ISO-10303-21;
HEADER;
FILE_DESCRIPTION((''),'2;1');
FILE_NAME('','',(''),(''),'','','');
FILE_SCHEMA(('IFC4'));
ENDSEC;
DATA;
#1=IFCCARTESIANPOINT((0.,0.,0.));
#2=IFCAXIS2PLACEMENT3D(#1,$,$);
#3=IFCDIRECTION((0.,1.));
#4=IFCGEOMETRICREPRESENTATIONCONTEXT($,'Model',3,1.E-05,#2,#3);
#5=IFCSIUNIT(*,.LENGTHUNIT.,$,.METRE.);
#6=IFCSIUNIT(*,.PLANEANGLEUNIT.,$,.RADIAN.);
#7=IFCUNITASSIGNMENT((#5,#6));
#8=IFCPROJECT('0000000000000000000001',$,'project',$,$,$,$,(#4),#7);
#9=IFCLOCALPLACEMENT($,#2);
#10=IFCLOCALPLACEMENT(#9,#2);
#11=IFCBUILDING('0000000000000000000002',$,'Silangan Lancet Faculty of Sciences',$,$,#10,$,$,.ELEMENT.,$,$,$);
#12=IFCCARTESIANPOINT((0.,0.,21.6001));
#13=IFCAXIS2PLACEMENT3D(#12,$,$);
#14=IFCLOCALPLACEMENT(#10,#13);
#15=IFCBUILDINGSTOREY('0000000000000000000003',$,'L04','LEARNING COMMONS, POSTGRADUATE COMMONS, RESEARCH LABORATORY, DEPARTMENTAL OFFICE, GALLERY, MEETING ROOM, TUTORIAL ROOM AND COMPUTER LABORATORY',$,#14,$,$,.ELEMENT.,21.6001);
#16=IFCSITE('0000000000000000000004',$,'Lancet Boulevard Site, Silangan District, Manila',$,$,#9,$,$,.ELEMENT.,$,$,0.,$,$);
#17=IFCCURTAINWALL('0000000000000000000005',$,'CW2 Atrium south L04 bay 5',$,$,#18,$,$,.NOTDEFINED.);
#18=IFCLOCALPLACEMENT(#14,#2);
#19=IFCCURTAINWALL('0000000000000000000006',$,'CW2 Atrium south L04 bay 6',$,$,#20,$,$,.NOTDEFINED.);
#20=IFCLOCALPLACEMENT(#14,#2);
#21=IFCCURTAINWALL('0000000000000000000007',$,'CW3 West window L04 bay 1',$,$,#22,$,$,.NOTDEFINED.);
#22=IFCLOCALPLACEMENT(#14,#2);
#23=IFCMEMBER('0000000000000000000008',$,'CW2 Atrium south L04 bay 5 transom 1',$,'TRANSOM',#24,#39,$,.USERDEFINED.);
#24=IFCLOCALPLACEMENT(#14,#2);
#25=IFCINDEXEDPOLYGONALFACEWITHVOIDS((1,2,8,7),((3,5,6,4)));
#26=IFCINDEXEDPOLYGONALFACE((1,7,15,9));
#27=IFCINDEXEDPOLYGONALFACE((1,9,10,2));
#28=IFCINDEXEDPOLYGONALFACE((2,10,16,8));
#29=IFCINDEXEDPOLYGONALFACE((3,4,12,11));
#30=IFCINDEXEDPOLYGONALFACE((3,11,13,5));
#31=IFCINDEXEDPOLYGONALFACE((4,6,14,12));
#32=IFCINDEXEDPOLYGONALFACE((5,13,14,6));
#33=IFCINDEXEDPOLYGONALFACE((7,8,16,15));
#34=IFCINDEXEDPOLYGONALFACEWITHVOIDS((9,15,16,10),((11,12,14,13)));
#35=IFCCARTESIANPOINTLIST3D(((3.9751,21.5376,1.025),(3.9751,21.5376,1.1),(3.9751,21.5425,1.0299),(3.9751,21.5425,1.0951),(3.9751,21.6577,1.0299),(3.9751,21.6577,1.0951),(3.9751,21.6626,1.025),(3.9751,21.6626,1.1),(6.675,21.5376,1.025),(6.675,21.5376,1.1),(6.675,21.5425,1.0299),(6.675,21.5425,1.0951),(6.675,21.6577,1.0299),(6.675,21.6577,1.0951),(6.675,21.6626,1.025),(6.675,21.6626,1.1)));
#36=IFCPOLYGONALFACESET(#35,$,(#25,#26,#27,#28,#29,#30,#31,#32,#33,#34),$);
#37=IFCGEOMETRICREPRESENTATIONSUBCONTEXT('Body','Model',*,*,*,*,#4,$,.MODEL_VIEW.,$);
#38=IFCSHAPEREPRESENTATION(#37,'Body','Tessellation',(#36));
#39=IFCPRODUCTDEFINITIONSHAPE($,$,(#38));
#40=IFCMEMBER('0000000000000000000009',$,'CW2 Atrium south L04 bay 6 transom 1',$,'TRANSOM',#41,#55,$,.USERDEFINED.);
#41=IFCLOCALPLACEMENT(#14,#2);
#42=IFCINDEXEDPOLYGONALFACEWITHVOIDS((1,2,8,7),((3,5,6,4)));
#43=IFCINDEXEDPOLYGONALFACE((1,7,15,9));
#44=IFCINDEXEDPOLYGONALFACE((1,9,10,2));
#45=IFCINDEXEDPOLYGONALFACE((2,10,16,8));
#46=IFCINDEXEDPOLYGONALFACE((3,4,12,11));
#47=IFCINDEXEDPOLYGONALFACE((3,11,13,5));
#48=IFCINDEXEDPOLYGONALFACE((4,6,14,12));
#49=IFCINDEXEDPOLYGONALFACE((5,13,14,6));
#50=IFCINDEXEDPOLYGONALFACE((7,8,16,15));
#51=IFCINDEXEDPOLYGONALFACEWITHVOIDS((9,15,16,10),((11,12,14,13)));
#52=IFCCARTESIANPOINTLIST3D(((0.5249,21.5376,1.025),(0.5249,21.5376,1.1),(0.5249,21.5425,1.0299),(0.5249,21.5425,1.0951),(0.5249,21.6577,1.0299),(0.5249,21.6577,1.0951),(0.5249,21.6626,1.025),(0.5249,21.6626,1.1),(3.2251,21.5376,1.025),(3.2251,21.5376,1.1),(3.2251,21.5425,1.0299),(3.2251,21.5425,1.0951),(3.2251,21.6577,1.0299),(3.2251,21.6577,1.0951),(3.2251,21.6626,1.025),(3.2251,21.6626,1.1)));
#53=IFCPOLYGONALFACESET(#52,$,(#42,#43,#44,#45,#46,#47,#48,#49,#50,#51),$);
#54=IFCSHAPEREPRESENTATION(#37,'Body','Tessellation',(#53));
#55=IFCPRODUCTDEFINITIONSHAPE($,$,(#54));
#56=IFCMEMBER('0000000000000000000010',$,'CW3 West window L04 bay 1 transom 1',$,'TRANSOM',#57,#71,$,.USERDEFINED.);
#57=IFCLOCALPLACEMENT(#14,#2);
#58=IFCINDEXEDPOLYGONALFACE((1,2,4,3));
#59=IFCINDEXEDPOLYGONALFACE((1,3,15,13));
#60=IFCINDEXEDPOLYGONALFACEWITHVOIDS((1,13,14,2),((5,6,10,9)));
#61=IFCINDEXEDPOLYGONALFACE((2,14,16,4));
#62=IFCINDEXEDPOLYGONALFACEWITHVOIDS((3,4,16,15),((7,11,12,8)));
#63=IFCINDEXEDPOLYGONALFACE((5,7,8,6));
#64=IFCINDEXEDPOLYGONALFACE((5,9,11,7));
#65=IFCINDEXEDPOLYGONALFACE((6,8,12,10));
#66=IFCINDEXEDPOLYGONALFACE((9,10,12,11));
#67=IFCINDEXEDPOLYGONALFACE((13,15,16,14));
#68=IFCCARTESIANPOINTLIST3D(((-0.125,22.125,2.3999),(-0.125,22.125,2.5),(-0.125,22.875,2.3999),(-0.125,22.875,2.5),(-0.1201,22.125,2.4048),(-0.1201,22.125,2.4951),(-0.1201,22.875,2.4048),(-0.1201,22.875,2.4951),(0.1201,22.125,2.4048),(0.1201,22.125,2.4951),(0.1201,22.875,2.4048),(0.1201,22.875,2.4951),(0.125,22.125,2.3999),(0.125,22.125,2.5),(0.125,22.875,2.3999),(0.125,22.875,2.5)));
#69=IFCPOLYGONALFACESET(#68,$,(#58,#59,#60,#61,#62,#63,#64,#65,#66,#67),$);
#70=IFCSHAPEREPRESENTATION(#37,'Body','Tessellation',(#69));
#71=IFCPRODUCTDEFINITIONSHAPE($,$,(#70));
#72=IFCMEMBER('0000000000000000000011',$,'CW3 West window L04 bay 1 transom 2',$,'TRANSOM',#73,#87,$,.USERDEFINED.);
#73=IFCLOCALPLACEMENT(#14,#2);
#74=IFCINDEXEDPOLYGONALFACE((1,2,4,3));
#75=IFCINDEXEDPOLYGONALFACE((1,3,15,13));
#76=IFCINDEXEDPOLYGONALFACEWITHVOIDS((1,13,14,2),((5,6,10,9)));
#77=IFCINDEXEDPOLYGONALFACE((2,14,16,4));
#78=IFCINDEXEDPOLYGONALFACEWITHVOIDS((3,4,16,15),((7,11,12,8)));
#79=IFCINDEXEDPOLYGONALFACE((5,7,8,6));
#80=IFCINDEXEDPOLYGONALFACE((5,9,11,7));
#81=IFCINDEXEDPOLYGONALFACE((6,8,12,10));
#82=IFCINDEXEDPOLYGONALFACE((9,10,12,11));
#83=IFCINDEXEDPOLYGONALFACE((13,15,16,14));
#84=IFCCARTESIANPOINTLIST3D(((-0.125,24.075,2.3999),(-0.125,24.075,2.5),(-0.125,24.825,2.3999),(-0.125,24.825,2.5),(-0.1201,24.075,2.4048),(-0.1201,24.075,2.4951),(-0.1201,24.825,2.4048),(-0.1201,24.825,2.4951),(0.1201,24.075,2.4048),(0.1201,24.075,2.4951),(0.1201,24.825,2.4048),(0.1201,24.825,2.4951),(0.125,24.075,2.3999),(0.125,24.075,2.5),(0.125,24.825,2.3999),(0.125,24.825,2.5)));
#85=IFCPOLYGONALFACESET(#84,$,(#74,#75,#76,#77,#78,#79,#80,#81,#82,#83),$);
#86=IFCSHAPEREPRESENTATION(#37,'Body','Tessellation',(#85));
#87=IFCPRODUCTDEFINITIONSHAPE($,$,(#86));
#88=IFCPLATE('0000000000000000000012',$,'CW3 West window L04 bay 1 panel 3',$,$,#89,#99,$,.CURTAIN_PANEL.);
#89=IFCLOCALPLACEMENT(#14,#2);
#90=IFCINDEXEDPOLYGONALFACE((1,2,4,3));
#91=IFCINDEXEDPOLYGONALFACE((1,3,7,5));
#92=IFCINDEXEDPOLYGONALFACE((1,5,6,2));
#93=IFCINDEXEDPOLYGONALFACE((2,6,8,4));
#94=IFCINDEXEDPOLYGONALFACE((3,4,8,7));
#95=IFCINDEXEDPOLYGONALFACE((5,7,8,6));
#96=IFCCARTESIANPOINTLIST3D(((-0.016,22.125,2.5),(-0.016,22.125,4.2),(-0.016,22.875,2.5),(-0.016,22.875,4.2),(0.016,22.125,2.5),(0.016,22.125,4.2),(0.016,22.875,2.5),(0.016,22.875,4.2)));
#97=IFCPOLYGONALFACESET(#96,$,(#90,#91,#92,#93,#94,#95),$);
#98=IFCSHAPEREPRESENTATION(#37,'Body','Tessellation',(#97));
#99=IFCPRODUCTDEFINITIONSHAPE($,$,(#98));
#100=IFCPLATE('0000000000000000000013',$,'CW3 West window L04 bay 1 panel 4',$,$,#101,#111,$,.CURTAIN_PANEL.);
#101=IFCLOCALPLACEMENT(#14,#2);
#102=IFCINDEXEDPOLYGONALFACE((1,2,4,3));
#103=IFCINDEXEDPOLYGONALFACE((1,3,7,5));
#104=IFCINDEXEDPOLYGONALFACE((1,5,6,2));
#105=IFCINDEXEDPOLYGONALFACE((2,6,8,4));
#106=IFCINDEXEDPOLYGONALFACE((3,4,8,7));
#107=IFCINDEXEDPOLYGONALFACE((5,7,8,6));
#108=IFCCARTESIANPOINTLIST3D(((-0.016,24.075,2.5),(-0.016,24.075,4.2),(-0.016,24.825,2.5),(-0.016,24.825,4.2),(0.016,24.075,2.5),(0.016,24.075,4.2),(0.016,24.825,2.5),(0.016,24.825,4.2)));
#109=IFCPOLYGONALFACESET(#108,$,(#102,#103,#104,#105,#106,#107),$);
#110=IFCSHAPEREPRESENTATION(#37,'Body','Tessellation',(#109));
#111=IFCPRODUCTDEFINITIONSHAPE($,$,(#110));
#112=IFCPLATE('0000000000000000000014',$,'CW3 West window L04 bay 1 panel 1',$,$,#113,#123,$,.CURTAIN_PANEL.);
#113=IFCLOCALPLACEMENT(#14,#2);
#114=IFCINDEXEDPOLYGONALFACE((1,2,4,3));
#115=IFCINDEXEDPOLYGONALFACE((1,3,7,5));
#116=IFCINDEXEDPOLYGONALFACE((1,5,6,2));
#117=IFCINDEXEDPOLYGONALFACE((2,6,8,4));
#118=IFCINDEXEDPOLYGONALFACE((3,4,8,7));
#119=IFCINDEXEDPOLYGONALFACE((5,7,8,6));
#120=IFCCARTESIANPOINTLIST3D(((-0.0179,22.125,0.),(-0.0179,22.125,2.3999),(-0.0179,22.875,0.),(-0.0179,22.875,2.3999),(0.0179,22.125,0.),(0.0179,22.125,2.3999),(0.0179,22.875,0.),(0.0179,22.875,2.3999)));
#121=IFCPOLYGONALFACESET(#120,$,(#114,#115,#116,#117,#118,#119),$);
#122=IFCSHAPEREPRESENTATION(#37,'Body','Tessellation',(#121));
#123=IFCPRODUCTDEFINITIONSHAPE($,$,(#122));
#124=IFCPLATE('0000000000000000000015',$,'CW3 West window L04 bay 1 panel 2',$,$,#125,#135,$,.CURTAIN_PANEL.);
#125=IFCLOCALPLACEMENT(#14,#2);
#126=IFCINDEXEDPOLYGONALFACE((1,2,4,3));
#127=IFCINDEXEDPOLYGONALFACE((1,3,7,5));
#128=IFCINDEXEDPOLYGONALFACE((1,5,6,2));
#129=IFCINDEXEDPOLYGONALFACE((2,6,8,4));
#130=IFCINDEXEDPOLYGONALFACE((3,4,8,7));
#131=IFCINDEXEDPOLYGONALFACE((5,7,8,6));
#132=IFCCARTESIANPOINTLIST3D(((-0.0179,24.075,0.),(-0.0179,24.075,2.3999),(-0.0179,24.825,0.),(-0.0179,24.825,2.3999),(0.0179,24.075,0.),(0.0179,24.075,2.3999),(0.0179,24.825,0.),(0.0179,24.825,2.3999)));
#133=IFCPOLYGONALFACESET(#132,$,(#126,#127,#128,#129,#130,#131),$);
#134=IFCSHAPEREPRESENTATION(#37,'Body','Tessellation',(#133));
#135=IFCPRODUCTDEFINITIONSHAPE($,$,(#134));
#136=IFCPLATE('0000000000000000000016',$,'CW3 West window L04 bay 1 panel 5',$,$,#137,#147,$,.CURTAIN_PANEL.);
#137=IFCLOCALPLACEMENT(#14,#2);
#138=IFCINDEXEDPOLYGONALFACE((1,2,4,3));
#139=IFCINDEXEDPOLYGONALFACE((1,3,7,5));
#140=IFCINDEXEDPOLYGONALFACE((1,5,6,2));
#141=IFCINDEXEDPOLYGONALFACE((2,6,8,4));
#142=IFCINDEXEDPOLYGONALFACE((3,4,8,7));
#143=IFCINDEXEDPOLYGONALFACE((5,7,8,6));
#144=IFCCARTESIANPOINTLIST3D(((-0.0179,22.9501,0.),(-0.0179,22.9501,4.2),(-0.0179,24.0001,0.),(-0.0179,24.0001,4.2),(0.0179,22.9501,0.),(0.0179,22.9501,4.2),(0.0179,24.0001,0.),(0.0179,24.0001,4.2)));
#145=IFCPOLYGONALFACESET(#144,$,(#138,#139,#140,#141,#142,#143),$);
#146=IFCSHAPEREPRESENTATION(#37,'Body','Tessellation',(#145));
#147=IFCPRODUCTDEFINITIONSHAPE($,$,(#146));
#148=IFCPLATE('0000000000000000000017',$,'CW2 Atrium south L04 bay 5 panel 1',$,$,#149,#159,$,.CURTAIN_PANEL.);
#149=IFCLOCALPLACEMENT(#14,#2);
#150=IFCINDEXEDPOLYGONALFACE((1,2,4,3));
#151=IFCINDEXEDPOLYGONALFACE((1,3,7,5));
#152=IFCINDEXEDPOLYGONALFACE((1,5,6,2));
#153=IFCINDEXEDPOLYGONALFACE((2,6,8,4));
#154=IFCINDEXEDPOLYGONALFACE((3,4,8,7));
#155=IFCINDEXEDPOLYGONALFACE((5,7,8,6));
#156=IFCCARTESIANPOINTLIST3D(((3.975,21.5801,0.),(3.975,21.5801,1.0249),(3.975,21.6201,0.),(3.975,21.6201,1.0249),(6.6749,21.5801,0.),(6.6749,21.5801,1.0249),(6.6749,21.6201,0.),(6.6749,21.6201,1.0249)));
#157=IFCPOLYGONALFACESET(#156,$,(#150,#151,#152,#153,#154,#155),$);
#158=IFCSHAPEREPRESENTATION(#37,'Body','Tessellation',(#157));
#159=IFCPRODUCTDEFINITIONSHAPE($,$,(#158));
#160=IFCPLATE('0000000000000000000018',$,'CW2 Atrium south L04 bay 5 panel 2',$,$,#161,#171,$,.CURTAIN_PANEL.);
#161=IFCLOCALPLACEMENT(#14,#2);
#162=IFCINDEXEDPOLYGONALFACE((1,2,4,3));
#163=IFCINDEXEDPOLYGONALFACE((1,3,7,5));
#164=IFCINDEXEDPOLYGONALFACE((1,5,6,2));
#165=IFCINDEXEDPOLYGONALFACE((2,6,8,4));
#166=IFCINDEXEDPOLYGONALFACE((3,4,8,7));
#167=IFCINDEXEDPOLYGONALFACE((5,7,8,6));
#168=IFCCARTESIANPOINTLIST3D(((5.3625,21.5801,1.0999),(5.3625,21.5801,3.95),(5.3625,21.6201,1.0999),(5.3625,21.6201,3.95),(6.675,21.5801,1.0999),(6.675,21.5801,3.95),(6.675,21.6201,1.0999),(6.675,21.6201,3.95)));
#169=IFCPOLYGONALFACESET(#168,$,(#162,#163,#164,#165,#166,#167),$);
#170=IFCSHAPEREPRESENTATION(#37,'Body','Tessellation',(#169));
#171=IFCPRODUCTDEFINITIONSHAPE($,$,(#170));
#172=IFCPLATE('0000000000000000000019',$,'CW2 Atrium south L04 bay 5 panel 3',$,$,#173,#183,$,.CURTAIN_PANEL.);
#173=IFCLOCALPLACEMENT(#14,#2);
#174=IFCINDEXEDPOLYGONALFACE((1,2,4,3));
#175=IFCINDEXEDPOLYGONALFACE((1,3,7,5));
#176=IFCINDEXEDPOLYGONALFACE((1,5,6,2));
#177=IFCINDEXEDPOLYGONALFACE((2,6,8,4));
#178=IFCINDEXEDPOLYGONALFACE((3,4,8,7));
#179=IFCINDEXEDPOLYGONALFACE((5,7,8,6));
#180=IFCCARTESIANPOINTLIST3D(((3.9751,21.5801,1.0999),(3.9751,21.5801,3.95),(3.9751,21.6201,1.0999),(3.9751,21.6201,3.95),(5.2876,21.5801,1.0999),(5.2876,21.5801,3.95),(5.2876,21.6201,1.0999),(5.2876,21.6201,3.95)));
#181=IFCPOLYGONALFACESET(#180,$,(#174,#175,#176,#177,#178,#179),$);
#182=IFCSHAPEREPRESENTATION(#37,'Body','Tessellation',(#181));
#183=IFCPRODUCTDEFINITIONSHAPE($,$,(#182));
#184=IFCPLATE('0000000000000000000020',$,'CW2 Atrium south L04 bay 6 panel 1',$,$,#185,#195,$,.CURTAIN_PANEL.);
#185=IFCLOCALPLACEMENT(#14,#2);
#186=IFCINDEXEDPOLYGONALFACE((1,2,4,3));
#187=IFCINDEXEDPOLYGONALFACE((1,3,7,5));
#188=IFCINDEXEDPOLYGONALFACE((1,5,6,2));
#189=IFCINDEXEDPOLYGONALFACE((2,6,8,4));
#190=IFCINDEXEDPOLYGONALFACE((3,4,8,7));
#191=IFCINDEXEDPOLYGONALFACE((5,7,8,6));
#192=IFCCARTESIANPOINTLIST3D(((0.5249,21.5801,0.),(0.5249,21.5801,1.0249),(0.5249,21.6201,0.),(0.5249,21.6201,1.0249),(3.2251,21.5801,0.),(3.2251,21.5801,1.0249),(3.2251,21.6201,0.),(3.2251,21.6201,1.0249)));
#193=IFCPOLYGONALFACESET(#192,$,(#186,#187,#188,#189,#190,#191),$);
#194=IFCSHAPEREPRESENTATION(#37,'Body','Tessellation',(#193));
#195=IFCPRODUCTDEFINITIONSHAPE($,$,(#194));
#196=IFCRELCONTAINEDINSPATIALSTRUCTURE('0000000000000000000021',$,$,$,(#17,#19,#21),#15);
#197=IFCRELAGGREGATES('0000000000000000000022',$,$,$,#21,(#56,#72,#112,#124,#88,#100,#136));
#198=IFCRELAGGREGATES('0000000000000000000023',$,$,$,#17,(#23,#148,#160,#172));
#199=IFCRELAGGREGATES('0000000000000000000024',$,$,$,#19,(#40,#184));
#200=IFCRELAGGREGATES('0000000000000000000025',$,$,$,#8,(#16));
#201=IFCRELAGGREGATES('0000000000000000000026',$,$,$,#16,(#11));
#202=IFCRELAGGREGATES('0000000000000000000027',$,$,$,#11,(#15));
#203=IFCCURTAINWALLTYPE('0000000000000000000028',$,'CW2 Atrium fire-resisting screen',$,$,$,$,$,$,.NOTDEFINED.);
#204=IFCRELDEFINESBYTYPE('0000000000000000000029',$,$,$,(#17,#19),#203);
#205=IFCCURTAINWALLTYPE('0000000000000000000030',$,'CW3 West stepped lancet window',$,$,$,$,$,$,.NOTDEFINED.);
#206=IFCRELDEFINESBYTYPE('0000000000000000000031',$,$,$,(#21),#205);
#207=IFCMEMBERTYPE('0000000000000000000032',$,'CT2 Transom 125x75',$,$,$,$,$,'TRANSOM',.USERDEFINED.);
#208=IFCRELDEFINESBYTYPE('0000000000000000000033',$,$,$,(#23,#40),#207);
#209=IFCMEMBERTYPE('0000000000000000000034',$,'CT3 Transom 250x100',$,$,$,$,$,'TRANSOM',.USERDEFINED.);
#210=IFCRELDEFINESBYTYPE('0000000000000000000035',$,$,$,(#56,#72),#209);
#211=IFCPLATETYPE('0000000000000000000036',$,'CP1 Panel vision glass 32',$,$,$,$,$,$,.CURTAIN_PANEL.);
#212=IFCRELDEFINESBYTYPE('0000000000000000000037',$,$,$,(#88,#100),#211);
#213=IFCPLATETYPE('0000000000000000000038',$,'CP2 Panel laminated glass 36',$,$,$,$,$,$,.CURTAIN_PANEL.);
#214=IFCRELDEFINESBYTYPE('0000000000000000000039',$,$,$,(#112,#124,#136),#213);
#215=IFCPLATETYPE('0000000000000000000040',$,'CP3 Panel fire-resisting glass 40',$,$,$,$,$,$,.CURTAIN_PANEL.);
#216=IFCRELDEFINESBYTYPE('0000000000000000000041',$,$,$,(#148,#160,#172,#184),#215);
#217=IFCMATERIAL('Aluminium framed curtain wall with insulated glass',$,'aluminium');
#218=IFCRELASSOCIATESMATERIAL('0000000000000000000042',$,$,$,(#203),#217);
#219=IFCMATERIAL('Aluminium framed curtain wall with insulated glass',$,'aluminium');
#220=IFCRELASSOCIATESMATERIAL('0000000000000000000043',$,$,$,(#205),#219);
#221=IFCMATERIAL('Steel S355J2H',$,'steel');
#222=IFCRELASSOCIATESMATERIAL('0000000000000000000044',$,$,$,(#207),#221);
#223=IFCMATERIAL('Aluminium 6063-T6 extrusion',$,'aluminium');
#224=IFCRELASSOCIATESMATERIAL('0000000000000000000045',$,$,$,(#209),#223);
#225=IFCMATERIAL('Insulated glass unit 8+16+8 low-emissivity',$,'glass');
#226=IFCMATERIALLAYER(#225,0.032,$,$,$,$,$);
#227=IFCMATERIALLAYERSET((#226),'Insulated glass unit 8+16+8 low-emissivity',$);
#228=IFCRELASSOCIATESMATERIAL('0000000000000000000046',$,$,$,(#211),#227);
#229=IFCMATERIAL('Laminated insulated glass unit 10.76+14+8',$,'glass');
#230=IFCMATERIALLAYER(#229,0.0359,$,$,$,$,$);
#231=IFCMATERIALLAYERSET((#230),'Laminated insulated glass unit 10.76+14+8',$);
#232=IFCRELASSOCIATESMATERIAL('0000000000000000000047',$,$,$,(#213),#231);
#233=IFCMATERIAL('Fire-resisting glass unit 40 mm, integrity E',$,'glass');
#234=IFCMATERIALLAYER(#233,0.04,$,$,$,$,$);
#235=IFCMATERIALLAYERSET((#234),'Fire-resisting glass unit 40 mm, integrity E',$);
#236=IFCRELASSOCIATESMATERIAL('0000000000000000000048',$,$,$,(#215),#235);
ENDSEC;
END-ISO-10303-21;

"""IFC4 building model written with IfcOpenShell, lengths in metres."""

from ifc_helpers import new_model, si_unit, direction, frame, origin, origin_2d, place, context, subcontext, project, spatial, rectangle, hollow_rectangle, extrude, material, layer, layer_set, material_profile, profile_set, type_object, element, aggregate, save


model = new_model("IFC4")

# Units and contexts
model_context = context("Model", 3, precision=1e-05, world=origin(), true_north=direction((0.0, 1.0)))
body_context = subcontext(model_context, "Body", "Model", "MODEL_VIEW")
ifc_project = project(units=[si_unit("LENGTHUNIT", "METRE"), si_unit("PLANEANGLEUNIT", "RADIAN")], contexts=[model_context])

# Site, building, storey
site_placement = place(None, origin())
site = spatial("IfcSite", under=ifc_project, at=site_placement, Name="Lancet Boulevard Site, Silangan District, Manila", CompositionType="ELEMENT", RefElevation=0.0)
building_placement = place(site_placement, origin())
building = spatial("IfcBuilding", under=site, at=building_placement, Name="Silangan Lancet Faculty of Sciences", CompositionType="ELEMENT")
storey_placement = place(building_placement, frame((0.0, 0.0, 21.6001)))
storey = spatial("IfcBuildingStorey", under=building, at=storey_placement, Name="L04", Description="LEARNING COMMONS, POSTGRADUATE COMMONS, RESEARCH LABORATORY, DEPARTMENTAL OFFICE, GALLERY, MEETING ROOM, TUTORIAL ROOM AND COMPUTER LABORATORY", CompositionType="ELEMENT", Elevation=21.6001)

# Curtain walls
ifc_material_1 = material(Name="Aluminium framed curtain wall with insulated glass", Category="aluminium")
curtain_wall_type_1 = type_object("IfcCurtainWallType", Name="CW2 Atrium fire-resisting screen", PredefinedType="NOTDEFINED", material=ifc_material_1)
curtain_wall_1_placement = place(storey_placement, origin())
curtain_wall_1 = element("IfcCurtainWall", 1, at=curtain_wall_1_placement, inside=storey, type_object=curtain_wall_type_1, Name="CW2 Atrium south L04 bay 5", PredefinedType="NOTDEFINED")
curtain_wall_2_placement = place(storey_placement, origin())
curtain_wall_2 = element("IfcCurtainWall", 2, at=curtain_wall_2_placement, inside=storey, type_object=curtain_wall_type_1, Name="CW2 Atrium south L04 bay 6", PredefinedType="NOTDEFINED")
ifc_material_2 = material(Name="Aluminium framed curtain wall with insulated glass", Category="aluminium")
curtain_wall_type_2 = type_object("IfcCurtainWallType", Name="CW3 West stepped lancet window", PredefinedType="NOTDEFINED", material=ifc_material_2)
curtain_wall_3_placement = place(storey_placement, origin())
curtain_wall_3 = element("IfcCurtainWall", 3, at=curtain_wall_3_placement, inside=storey, type_object=curtain_wall_type_2, Name="CW3 West window L04 bay 1", PredefinedType="NOTDEFINED")

# Members
ifc_material_3 = material(Name="Steel S355J2H", Category="steel")
ifc_material_profile_1 = material_profile(ifc_material_3, hollow_rectangle(XDim=0.125, YDim=0.075, WallThickness=0.0049, at=origin_2d()), Name="ST BOX 125x75x5")
ifc_profile_set_1 = profile_set([ifc_material_profile_1], Name="Steel S355J2H")
member_type_1 = type_object("IfcMemberType", Name="CT2 Transom 125x75", ElementType="TRANSOM", PredefinedType="USERDEFINED", material=ifc_profile_set_1)
member_1_placement = place(storey_placement, frame((6.675, 21.6001, 1.0625), z_axis=(-1.0, 0.0, 0.0), x_axis=(0.0, -1.0, 0.0)))
member_1 = element("IfcMember", 4, at=member_1_placement, type_object=member_type_1, Name="CW2 Atrium south L04 bay 5 transom 1", ObjectType="TRANSOM", PredefinedType="USERDEFINED", context=body_context, shape_type="SweptSolid", body=[
    extrude(hollow_rectangle(XDim=0.125, YDim=0.075, WallThickness=0.0049, at=origin_2d()), origin(), (0.0, 0.0, 1.0), 2.7),
])
member_2_placement = place(storey_placement, frame((3.2251, 21.6001, 1.0625), z_axis=(-1.0, 0.0, 0.0), x_axis=(0.0, -1.0, 0.0)))
member_2 = element("IfcMember", 5, at=member_2_placement, type_object=member_type_1, Name="CW2 Atrium south L04 bay 6 transom 1", ObjectType="TRANSOM", PredefinedType="USERDEFINED", context=body_context, shape_type="SweptSolid", body=[
    extrude(hollow_rectangle(XDim=0.125, YDim=0.075, WallThickness=0.0049, at=origin_2d()), origin(), (0.0, 0.0, 1.0), 2.7002),
])
ifc_material_4 = material(Name="Aluminium 6063-T6 extrusion", Category="aluminium")
ifc_material_profile_2 = material_profile(ifc_material_4, hollow_rectangle(XDim=0.25, YDim=0.1001, WallThickness=0.0049, at=origin_2d()), Name="AL BOX 250x100x5")
ifc_profile_set_2 = profile_set([ifc_material_profile_2], Name="Aluminium 6063-T6 extrusion")
member_type_2 = type_object("IfcMemberType", Name="CT3 Transom 250x100", ElementType="TRANSOM", PredefinedType="USERDEFINED", material=ifc_profile_set_2)
member_3_placement = place(storey_placement, frame((0.0, 22.125, 2.45), z_axis=(0.0, 1.0, 0.0), x_axis=(-1.0, 0.0, 0.0)))
member_3 = element("IfcMember", 6, at=member_3_placement, type_object=member_type_2, Name="CW3 West window L04 bay 1 transom 1", ObjectType="TRANSOM", PredefinedType="USERDEFINED", context=body_context, shape_type="SweptSolid", body=[
    extrude(hollow_rectangle(XDim=0.25, YDim=0.1001, WallThickness=0.0049, at=origin_2d()), origin(), (0.0, 0.0, 1.0), 0.75),
])
member_4_placement = place(storey_placement, frame((0.0, 24.075, 2.45), z_axis=(0.0, 1.0, 0.0), x_axis=(-1.0, 0.0, 0.0)))
member_4 = element("IfcMember", 7, at=member_4_placement, type_object=member_type_2, Name="CW3 West window L04 bay 1 transom 2", ObjectType="TRANSOM", PredefinedType="USERDEFINED", context=body_context, shape_type="SweptSolid", body=[
    extrude(hollow_rectangle(XDim=0.25, YDim=0.1001, WallThickness=0.0049, at=origin_2d()), origin(), (0.0, 0.0, 1.0), 0.75),
])

# Plates
ifc_material_5 = material(Name="Insulated glass unit 8+16+8 low-emissivity", Category="glass")
ifc_layer_1 = layer(ifc_material_5, 0.032)
ifc_layer_set_1 = layer_set([ifc_layer_1], Name="Insulated glass unit 8+16+8 low-emissivity")
plate_type_1 = type_object("IfcPlateType", Name="CP1 Panel vision glass 32", PredefinedType="CURTAIN_PANEL", material=ifc_layer_set_1)
plate_1_placement = place(storey_placement, frame((0.0, 22.5, 2.5), z_axis=(0.0, 0.0, 1.0), x_axis=(0.0, 1.0, 0.0)))
plate_1 = element("IfcPlate", 8, at=plate_1_placement, type_object=plate_type_1, Name="CW3 West window L04 bay 1 panel 3", PredefinedType="CURTAIN_PANEL", context=body_context, shape_type="SweptSolid", body=[
    extrude(rectangle(XDim=0.75, YDim=0.032, at=origin_2d()), origin(), (0.0, 0.0, 1.0), 1.7),
])
plate_2_placement = place(storey_placement, frame((0.0, 24.45, 2.5), z_axis=(0.0, 0.0, 1.0), x_axis=(0.0, 1.0, 0.0)))
plate_2 = element("IfcPlate", 9, at=plate_2_placement, type_object=plate_type_1, Name="CW3 West window L04 bay 1 panel 4", PredefinedType="CURTAIN_PANEL", context=body_context, shape_type="SweptSolid", body=[
    extrude(rectangle(XDim=0.75, YDim=0.032, at=origin_2d()), origin(), (0.0, 0.0, 1.0), 1.7),
])
ifc_material_6 = material(Name="Laminated insulated glass unit 10.76+14+8", Category="glass")
ifc_layer_2 = layer(ifc_material_6, 0.0359)
ifc_layer_set_2 = layer_set([ifc_layer_2], Name="Laminated insulated glass unit 10.76+14+8")
plate_type_2 = type_object("IfcPlateType", Name="CP2 Panel laminated glass 36", PredefinedType="CURTAIN_PANEL", material=ifc_layer_set_2)
plate_3_placement = place(storey_placement, frame((0.0, 22.5, 0.0), z_axis=(0.0, 0.0, 1.0), x_axis=(0.0, 1.0, 0.0)))
plate_3 = element("IfcPlate", 10, at=plate_3_placement, type_object=plate_type_2, Name="CW3 West window L04 bay 1 panel 1", PredefinedType="CURTAIN_PANEL", context=body_context, shape_type="SweptSolid", body=[
    extrude(rectangle(XDim=0.75, YDim=0.0359, at=origin_2d()), origin(), (0.0, 0.0, 1.0), 2.3999),
])
plate_4_placement = place(storey_placement, frame((0.0, 24.45, 0.0), z_axis=(0.0, 0.0, 1.0), x_axis=(0.0, 1.0, 0.0)))
plate_4 = element("IfcPlate", 11, at=plate_4_placement, type_object=plate_type_2, Name="CW3 West window L04 bay 1 panel 2", PredefinedType="CURTAIN_PANEL", context=body_context, shape_type="SweptSolid", body=[
    extrude(rectangle(XDim=0.75, YDim=0.0359, at=origin_2d()), origin(), (0.0, 0.0, 1.0), 2.3999),
])
plate_5_placement = place(storey_placement, frame((0.0, 23.4751, 0.0), z_axis=(0.0, 0.0, 1.0), x_axis=(0.0, 1.0, 0.0)))
plate_5 = element("IfcPlate", 12, at=plate_5_placement, type_object=plate_type_2, Name="CW3 West window L04 bay 1 panel 5", PredefinedType="CURTAIN_PANEL", context=body_context, shape_type="SweptSolid", body=[
    extrude(rectangle(XDim=1.05, YDim=0.0359, at=origin_2d()), origin(), (0.0, 0.0, 1.0), 4.2),
])
aggregate(curtain_wall_3, [member_3, member_4, plate_3, plate_4, plate_1, plate_2, plate_5])
ifc_material_7 = material(Name="Fire-resisting glass unit 40 mm, integrity E", Category="glass")
ifc_layer_3 = layer(ifc_material_7, 0.04)
ifc_layer_set_3 = layer_set([ifc_layer_3], Name="Fire-resisting glass unit 40 mm, integrity E")
plate_type_3 = type_object("IfcPlateType", Name="CP3 Panel fire-resisting glass 40", PredefinedType="CURTAIN_PANEL", material=ifc_layer_set_3)
plate_6_placement = place(storey_placement, frame((5.325, 21.6001, 0.0), z_axis=(0.0, 0.0, 1.0), x_axis=(-1.0, 0.0, 0.0)))
plate_6 = element("IfcPlate", 13, at=plate_6_placement, type_object=plate_type_3, Name="CW2 Atrium south L04 bay 5 panel 1", PredefinedType="CURTAIN_PANEL", context=body_context, shape_type="SweptSolid", body=[
    extrude(rectangle(XDim=2.7, YDim=0.04, at=origin_2d()), origin(), (0.0, 0.0, 1.0), 1.0249),
])
plate_7_placement = place(storey_placement, frame((6.0188, 21.6001, 1.0999), z_axis=(0.0, 0.0, 1.0), x_axis=(-1.0, 0.0, 0.0)))
plate_7 = element("IfcPlate", 14, at=plate_7_placement, type_object=plate_type_3, Name="CW2 Atrium south L04 bay 5 panel 2", PredefinedType="CURTAIN_PANEL", context=body_context, shape_type="SweptSolid", body=[
    extrude(rectangle(XDim=1.3125, YDim=0.04, at=origin_2d()), origin(), (0.0, 0.0, 1.0), 2.8501),
])
plate_8_placement = place(storey_placement, frame((4.6313, 21.6001, 1.0999), z_axis=(0.0, 0.0, 1.0), x_axis=(-1.0, 0.0, 0.0)))
plate_8 = element("IfcPlate", 15, at=plate_8_placement, type_object=plate_type_3, Name="CW2 Atrium south L04 bay 5 panel 3", PredefinedType="CURTAIN_PANEL", context=body_context, shape_type="SweptSolid", body=[
    extrude(rectangle(XDim=1.3125, YDim=0.04, at=origin_2d()), origin(), (0.0, 0.0, 1.0), 2.8501),
])
aggregate(curtain_wall_1, [member_1, plate_6, plate_7, plate_8])
plate_9_placement = place(storey_placement, frame((1.875, 21.6001, 0.0), z_axis=(0.0, 0.0, 1.0), x_axis=(-1.0, 0.0, 0.0)))
plate_9 = element("IfcPlate", 16, at=plate_9_placement, type_object=plate_type_3, Name="CW2 Atrium south L04 bay 6 panel 1", PredefinedType="CURTAIN_PANEL", context=body_context, shape_type="SweptSolid", body=[
    extrude(rectangle(XDim=2.7002, YDim=0.04, at=origin_2d()), origin(), (0.0, 0.0, 1.0), 1.0249),
])
aggregate(curtain_wall_2, [member_2, plate_9])

save(model, "model.ifc")
